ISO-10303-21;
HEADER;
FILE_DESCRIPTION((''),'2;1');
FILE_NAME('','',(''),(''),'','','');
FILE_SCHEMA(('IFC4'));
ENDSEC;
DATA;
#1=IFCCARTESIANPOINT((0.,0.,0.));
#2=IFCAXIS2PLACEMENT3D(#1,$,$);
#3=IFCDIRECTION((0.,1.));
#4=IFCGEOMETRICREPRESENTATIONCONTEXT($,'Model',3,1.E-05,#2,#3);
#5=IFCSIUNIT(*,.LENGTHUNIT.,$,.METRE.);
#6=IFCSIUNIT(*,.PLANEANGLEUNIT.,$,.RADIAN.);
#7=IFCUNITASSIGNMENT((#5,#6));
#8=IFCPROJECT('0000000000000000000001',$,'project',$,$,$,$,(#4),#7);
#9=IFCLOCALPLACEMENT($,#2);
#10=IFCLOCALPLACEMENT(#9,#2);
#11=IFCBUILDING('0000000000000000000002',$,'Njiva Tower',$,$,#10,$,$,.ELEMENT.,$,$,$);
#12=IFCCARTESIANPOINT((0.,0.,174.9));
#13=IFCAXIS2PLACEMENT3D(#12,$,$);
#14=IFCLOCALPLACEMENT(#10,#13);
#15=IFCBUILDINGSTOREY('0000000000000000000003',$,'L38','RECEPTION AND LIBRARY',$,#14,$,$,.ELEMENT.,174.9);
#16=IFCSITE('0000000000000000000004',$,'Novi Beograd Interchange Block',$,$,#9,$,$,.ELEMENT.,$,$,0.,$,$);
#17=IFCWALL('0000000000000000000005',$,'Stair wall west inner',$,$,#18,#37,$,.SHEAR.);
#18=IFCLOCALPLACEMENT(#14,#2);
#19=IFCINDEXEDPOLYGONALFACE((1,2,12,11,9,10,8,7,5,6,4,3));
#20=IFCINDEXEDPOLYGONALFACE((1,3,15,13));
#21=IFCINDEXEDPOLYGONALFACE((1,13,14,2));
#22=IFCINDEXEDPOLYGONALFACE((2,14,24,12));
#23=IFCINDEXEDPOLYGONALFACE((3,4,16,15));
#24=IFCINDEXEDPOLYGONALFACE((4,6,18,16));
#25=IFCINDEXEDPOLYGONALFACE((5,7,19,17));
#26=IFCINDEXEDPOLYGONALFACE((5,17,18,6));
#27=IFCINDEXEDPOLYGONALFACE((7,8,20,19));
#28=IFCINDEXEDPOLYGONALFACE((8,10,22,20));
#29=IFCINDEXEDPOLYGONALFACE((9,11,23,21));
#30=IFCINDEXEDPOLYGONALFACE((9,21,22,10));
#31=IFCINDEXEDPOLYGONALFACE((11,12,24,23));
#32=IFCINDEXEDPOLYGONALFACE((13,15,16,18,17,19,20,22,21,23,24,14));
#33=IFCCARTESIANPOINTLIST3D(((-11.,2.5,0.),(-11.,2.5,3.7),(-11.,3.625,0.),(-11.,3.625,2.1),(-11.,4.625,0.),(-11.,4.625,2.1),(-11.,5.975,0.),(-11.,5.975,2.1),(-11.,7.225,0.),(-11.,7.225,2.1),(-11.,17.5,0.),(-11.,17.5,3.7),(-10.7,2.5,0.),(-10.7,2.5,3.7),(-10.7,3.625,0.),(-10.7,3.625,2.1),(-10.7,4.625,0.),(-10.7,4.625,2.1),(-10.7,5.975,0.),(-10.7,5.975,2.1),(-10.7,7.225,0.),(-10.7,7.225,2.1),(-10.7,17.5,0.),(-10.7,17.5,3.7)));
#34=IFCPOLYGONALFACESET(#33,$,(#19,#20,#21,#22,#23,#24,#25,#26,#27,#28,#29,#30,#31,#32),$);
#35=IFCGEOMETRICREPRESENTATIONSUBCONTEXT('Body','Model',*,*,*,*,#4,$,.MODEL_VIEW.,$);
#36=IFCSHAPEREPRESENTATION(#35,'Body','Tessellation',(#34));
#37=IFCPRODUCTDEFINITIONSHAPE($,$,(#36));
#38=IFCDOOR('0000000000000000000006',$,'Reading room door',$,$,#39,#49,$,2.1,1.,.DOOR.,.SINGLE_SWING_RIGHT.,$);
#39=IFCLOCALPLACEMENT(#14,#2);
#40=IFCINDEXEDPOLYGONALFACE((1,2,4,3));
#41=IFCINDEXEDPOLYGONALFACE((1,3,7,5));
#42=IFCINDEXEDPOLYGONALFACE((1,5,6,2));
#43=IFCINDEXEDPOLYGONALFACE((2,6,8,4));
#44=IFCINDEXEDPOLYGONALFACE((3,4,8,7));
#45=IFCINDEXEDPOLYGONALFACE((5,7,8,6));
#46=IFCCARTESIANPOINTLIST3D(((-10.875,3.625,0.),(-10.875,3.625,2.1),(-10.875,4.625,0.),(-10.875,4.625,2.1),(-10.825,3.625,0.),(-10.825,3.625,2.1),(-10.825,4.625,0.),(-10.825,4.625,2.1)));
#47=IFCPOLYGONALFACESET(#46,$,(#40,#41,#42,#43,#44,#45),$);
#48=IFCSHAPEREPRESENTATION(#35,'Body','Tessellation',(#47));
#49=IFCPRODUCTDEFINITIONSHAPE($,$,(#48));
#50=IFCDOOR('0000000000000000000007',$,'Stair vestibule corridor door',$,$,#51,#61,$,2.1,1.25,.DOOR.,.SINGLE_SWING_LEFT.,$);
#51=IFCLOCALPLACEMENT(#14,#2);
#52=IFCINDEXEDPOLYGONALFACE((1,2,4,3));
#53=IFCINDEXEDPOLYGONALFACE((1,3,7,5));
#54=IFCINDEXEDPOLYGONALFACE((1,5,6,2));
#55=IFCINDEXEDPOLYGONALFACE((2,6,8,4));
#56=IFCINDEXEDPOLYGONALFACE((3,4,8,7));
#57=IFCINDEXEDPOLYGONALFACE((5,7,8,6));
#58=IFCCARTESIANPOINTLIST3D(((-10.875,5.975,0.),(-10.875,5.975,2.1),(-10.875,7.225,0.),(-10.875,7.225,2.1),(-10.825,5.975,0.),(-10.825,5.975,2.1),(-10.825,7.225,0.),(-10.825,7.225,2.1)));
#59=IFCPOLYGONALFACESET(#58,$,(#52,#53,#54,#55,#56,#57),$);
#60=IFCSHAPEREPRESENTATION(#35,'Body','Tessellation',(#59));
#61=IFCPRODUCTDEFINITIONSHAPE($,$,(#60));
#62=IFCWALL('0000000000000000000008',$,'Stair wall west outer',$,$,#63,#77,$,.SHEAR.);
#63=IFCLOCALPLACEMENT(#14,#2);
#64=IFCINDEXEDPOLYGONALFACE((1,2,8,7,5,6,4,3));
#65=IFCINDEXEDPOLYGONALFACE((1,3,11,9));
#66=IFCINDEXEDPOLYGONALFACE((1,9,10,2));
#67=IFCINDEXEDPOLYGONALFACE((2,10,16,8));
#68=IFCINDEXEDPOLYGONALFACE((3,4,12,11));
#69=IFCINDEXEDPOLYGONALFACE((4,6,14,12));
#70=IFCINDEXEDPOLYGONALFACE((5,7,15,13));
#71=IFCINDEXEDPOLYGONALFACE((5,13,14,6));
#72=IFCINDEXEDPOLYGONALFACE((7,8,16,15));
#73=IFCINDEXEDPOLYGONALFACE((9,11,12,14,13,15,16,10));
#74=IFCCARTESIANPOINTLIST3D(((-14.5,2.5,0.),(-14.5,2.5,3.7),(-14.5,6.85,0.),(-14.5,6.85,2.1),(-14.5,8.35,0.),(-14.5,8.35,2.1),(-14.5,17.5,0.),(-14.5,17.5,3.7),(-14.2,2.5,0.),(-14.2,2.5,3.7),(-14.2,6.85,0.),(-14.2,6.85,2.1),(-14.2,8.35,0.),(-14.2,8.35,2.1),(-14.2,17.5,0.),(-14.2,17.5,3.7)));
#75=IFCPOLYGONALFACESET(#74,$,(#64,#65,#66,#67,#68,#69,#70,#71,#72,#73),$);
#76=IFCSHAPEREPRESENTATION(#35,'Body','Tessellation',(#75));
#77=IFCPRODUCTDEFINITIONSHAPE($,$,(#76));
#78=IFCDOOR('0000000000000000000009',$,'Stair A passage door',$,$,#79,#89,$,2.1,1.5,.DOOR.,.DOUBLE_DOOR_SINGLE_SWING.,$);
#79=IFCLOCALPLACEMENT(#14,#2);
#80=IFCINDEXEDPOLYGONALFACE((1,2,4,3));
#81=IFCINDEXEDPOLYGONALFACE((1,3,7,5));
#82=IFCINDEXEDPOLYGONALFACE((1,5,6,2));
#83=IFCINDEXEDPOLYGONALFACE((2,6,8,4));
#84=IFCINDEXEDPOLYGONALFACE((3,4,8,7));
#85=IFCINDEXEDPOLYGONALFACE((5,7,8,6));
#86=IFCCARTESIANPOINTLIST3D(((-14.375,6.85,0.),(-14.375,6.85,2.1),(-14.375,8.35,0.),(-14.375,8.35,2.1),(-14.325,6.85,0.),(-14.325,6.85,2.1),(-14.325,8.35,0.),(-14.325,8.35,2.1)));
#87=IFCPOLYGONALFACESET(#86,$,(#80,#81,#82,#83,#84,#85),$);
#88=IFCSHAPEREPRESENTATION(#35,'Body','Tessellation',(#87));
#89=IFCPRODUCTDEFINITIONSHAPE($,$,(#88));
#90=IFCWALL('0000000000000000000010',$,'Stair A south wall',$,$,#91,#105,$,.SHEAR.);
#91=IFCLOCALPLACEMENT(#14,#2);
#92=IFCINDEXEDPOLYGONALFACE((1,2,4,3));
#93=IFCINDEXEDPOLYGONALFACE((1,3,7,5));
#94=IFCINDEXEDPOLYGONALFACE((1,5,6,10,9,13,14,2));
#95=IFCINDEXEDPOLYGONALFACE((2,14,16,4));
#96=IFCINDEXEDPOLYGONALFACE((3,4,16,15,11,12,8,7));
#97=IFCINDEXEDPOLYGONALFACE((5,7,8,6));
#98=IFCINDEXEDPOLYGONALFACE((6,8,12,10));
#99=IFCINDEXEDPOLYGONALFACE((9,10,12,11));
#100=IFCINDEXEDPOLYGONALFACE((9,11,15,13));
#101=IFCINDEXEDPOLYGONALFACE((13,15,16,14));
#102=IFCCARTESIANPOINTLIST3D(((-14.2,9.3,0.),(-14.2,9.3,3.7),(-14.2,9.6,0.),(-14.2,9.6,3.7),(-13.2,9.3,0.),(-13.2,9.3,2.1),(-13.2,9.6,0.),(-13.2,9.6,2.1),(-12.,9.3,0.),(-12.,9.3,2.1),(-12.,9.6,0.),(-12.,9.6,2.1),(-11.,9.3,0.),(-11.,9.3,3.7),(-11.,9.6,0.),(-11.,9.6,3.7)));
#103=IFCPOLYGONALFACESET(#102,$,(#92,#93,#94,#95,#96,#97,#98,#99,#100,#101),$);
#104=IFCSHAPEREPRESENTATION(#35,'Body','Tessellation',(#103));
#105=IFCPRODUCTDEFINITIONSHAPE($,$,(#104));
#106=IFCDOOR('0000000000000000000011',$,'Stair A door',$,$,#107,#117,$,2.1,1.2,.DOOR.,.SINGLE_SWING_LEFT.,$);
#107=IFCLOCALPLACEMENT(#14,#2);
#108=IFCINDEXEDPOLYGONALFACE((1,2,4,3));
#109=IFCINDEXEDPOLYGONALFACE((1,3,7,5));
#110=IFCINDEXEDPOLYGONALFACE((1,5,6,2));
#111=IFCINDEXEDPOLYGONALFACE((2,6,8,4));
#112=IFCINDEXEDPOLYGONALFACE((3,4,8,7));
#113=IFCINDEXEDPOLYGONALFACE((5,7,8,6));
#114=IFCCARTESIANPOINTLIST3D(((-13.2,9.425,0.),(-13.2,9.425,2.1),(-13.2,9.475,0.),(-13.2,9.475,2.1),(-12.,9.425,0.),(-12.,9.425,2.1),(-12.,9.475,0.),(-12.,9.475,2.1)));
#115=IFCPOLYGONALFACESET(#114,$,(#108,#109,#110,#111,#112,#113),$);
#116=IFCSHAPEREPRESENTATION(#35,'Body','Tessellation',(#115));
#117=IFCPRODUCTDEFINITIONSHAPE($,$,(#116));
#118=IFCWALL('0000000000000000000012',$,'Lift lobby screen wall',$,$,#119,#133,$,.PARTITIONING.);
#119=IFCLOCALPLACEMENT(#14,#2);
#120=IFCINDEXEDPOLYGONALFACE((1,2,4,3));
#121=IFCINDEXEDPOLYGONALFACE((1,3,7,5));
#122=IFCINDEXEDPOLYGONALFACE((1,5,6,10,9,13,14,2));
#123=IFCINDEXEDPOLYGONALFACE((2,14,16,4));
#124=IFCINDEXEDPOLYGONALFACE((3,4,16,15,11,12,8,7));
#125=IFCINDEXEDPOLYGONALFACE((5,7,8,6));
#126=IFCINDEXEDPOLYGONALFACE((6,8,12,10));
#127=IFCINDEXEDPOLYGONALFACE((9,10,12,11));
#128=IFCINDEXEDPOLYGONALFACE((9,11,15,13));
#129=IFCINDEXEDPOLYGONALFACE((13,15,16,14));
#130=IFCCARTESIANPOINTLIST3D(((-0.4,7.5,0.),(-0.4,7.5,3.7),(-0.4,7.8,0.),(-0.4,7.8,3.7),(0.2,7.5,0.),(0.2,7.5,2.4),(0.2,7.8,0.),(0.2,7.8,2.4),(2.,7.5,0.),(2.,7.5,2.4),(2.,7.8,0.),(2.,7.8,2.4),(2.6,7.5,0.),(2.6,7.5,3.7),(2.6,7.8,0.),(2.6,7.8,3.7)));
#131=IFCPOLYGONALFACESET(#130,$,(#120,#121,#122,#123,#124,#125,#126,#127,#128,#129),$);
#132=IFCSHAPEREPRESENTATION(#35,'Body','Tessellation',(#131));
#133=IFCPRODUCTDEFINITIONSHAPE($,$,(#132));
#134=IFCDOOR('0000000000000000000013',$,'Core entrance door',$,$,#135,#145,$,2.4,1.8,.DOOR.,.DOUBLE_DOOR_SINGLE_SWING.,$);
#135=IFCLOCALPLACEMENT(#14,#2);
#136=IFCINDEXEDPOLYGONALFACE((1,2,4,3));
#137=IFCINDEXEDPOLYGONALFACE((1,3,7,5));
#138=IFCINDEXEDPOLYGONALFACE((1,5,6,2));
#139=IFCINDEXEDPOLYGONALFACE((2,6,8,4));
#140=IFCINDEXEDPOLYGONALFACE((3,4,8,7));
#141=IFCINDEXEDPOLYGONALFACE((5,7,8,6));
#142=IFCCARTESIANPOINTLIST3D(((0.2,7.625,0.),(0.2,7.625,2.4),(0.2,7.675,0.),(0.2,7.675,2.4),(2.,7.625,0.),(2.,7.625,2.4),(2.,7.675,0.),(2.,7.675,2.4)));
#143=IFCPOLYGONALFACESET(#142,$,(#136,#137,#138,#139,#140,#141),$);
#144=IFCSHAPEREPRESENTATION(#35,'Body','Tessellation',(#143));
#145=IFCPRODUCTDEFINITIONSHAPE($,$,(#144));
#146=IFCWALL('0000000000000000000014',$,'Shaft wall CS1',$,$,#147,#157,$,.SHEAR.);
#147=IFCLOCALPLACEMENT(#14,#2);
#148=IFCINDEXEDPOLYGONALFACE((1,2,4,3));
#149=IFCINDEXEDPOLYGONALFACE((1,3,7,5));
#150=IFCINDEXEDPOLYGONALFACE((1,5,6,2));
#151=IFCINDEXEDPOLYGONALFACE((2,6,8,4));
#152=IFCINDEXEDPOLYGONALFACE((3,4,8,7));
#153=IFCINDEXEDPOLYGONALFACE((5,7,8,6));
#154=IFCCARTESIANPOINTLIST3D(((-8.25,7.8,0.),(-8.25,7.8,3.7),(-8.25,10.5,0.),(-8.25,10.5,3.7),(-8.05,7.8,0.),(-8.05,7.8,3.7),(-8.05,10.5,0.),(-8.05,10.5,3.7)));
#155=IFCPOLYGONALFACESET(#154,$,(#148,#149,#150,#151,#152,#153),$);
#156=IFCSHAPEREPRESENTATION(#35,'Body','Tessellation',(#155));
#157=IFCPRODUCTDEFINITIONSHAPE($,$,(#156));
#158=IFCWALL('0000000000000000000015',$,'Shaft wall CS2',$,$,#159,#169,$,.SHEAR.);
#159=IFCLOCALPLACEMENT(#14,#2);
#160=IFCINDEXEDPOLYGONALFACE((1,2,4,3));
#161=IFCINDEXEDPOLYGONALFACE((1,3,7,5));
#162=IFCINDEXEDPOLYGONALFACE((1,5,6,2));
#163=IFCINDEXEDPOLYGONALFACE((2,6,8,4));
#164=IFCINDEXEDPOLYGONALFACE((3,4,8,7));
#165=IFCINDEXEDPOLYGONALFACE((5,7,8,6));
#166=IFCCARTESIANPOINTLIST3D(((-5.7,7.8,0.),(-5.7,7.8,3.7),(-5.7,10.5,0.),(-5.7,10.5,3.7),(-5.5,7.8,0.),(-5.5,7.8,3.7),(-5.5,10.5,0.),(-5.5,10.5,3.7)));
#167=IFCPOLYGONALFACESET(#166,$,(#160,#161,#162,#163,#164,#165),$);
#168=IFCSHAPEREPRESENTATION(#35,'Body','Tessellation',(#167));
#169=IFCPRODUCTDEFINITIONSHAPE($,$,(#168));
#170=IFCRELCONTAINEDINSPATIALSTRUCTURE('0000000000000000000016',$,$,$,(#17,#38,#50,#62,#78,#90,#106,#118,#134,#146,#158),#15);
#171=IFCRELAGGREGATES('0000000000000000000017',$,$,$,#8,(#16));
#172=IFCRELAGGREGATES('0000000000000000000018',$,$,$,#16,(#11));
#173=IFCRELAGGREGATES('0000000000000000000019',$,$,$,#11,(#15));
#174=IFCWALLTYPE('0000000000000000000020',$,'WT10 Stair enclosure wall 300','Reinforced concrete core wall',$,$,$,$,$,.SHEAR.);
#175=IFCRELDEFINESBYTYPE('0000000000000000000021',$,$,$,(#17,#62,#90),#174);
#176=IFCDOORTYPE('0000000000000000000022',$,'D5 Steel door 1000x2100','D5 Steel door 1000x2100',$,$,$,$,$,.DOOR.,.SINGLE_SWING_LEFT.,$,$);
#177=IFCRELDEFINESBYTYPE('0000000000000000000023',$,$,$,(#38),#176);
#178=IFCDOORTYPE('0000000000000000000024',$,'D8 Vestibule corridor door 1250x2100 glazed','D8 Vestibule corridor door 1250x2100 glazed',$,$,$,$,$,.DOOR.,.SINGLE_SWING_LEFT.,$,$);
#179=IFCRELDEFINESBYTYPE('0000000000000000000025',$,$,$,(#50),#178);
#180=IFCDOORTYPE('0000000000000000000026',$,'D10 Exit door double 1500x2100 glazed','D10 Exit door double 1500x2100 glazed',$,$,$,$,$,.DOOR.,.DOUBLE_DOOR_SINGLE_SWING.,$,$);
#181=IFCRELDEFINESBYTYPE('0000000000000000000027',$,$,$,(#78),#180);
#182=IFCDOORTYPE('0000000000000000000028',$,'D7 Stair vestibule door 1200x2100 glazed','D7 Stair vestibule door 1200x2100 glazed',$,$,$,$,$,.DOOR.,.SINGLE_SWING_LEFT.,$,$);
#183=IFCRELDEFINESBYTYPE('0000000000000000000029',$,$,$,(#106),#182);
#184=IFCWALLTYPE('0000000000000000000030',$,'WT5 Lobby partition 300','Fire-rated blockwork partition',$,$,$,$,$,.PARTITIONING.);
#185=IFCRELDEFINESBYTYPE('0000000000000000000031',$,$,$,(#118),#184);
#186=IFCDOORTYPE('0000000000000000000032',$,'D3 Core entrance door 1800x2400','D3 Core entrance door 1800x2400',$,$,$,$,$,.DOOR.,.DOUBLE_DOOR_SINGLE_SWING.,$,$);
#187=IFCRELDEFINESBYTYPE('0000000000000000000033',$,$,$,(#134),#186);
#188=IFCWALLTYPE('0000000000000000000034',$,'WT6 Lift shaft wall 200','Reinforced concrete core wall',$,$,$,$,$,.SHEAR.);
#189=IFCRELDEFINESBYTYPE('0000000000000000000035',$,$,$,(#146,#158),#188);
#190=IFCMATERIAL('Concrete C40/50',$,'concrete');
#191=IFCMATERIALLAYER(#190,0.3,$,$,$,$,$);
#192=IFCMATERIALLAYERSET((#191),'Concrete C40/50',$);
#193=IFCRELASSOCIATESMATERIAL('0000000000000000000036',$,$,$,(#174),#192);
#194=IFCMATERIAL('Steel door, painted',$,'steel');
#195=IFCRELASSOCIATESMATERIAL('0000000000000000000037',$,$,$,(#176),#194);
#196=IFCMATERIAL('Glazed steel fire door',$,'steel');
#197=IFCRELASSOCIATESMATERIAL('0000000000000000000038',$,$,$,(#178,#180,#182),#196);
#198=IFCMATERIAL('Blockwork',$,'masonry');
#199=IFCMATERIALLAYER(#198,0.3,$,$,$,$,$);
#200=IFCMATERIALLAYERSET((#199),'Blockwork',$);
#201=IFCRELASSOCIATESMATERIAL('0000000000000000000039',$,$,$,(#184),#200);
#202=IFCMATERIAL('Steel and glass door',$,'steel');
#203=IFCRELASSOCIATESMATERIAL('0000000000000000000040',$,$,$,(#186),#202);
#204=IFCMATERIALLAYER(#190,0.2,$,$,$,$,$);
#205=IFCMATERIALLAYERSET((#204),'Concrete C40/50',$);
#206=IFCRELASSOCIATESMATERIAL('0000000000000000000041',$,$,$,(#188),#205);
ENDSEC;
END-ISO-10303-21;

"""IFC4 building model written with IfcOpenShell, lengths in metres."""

from ifc_helpers import new_model, si_unit, direction, frame, frame_2d, origin, place, context, subcontext, project, spatial, rectangle, extrude, material, layer, layer_set, type_object, element, fill, save


model = new_model("IFC4")

# Units and contexts
model_context = context("Model", 3, precision=1e-05, world=origin(), true_north=direction((0.0, 1.0)))
body_context = subcontext(model_context, "Body", "Model", "MODEL_VIEW")
ifc_project = project(units=[si_unit("LENGTHUNIT", "METRE"), si_unit("PLANEANGLEUNIT", "RADIAN")], contexts=[model_context])

# Site, building, storey
site_placement = place(None, origin())
site = spatial("IfcSite", under=ifc_project, at=site_placement, Name="Novi Beograd Interchange Block", CompositionType="ELEMENT", RefElevation=0.0)
building_placement = place(site_placement, origin())
building = spatial("IfcBuilding", under=site, at=building_placement, Name="Njiva Tower", CompositionType="ELEMENT")
storey_placement = place(building_placement, frame((0.0, 0.0, 174.9)))
storey = spatial("IfcBuildingStorey", under=building, at=storey_placement, Name="L38", Description="RECEPTION AND LIBRARY", CompositionType="ELEMENT", Elevation=174.9)

# Shared definitions
ifc_material_1 = material(Name="Blockwork", Category="masonry")

# Wall, openings, doors
ifc_material_2 = material(Name="Concrete C40/50", Category="concrete")
ifc_layer_1 = layer(ifc_material_2, 0.3)
ifc_layer_set_1 = layer_set([ifc_layer_1], Name="Concrete C40/50")
wall_type_1 = type_object("IfcWallType", Name="WT10 Stair enclosure wall 300", Description="Reinforced concrete core wall", PredefinedType="SHEAR", material=ifc_layer_set_1)
wall_1_placement = place(storey_placement, frame((-10.85, 2.5, 0.0), z_axis=(0.0, 0.0, 1.0), x_axis=(0.0, 1.0, 0.0)))
wall_1 = element("IfcWall", 1, at=wall_1_placement, inside=storey, type_object=wall_type_1, Name="Stair wall west inner", PredefinedType="SHEAR", context=body_context, shape_type="SweptSolid", body=[
    extrude(rectangle(XDim=15.0, YDim=0.3, at=frame_2d((7.5, 0.0))), origin(), (0.0, 0.0, 1.0), 3.7),
])
opening_1_placement = place(wall_1_placement, frame((3.475, 0.0, 0.0)))
opening_1 = element("IfcOpeningElement", 2, at=opening_1_placement, cuts=wall_1, PredefinedType="OPENING", context=body_context, shape_type="SweptSolid", body=[
    extrude(rectangle(XDim=1.25, YDim=2.1, at=frame_2d((0.625, 1.05))), frame((0.0, 0.16, 0.0), z_axis=(0.0, -1.0, 0.0), x_axis=(1.0, 0.0, 0.0)), (0.0, 0.0, 1.0), 0.32),
])
opening_2_placement = place(wall_1_placement, frame((1.125, 0.0, 0.0)))
opening_2 = element("IfcOpeningElement", 3, at=opening_2_placement, cuts=wall_1, PredefinedType="OPENING", context=body_context, shape_type="SweptSolid", body=[
    extrude(rectangle(XDim=1.0, YDim=2.1, at=frame_2d((0.5, 1.05))), frame((0.0, 0.16, 0.0), z_axis=(0.0, -1.0, 0.0), x_axis=(1.0, 0.0, 0.0)), (0.0, 0.0, 1.0), 0.32),
])
ifc_material_3 = material(Name="Steel door, painted", Category="steel")
door_type_1 = type_object("IfcDoorType", Name="D5 Steel door 1000x2100", Description="D5 Steel door 1000x2100", OperationType="SINGLE_SWING_LEFT", PredefinedType="DOOR", material=ifc_material_3)
door_1_placement = place(opening_2_placement, origin())
door_1 = element("IfcDoor", 4, at=door_1_placement, inside=storey, type_object=door_type_1, Name="Reading room door", OperationType="SINGLE_SWING_RIGHT", OverallHeight=2.1, OverallWidth=1.0, PredefinedType="DOOR", context=body_context, shape_type="SweptSolid", body=[
    extrude(rectangle(XDim=1.0, YDim=2.1, at=frame_2d((0.5, 1.05))), frame((0.0, 0.025, 0.0), z_axis=(0.0, -1.0, 0.0), x_axis=(1.0, 0.0, 0.0)), (0.0, 0.0, 1.0), 0.05),
])
fill(opening_2, door_1)
ifc_material_4 = material(Name="Glazed steel fire door", Category="steel")
door_type_2 = type_object("IfcDoorType", Name="D8 Vestibule corridor door 1250x2100 glazed", Description="D8 Vestibule corridor door 1250x2100 glazed", OperationType="SINGLE_SWING_LEFT", PredefinedType="DOOR", material=ifc_material_4)
door_2_placement = place(opening_1_placement, origin())
door_2 = element("IfcDoor", 5, at=door_2_placement, inside=storey, type_object=door_type_2, Name="Stair vestibule corridor door", OperationType="SINGLE_SWING_LEFT", OverallHeight=2.1, OverallWidth=1.25, PredefinedType="DOOR", context=body_context, shape_type="SweptSolid", body=[
    extrude(rectangle(XDim=1.25, YDim=2.1, at=frame_2d((0.625, 1.05))), frame((0.0, 0.025, 0.0), z_axis=(0.0, -1.0, 0.0), x_axis=(1.0, 0.0, 0.0)), (0.0, 0.0, 1.0), 0.05),
])
fill(opening_1, door_2)

# Walls, openings, doors
wall_2_placement = place(storey_placement, frame((-14.35, 2.5, 0.0), z_axis=(0.0, 0.0, 1.0), x_axis=(0.0, 1.0, 0.0)))
wall_2 = element("IfcWall", 6, at=wall_2_placement, inside=storey, type_object=wall_type_1, Name="Stair wall west outer", PredefinedType="SHEAR", context=body_context, shape_type="SweptSolid", body=[
    extrude(rectangle(XDim=15.0, YDim=0.3, at=frame_2d((7.5, 0.0))), origin(), (0.0, 0.0, 1.0), 3.7),
])
opening_3_placement = place(wall_2_placement, frame((4.35, 0.0, 0.0)))
opening_3 = element("IfcOpeningElement", 7, at=opening_3_placement, cuts=wall_2, PredefinedType="OPENING", context=body_context, shape_type="SweptSolid", body=[
    extrude(rectangle(XDim=1.5, YDim=2.1, at=frame_2d((0.75, 1.05))), frame((0.0, 0.16, 0.0), z_axis=(0.0, -1.0, 0.0), x_axis=(1.0, 0.0, 0.0)), (0.0, 0.0, 1.0), 0.32),
])
door_type_3 = type_object("IfcDoorType", Name="D10 Exit door double 1500x2100 glazed", Description="D10 Exit door double 1500x2100 glazed", OperationType="DOUBLE_DOOR_SINGLE_SWING", PredefinedType="DOOR", material=ifc_material_4)
door_3_placement = place(opening_3_placement, origin())
door_3 = element("IfcDoor", 8, at=door_3_placement, inside=storey, type_object=door_type_3, Name="Stair A passage door", OperationType="DOUBLE_DOOR_SINGLE_SWING", OverallHeight=2.1, OverallWidth=1.5, PredefinedType="DOOR", context=body_context, shape_type="SweptSolid", body=[
    extrude(rectangle(XDim=1.5, YDim=2.1, at=frame_2d((0.75, 1.05))), frame((0.0, 0.025, 0.0), z_axis=(0.0, -1.0, 0.0), x_axis=(1.0, 0.0, 0.0)), (0.0, 0.0, 1.0), 0.05),
])
fill(opening_3, door_3)
wall_3_placement = place(storey_placement, frame((-14.2, 9.45, 0.0), z_axis=(0.0, 0.0, 1.0), x_axis=(1.0, 0.0, 0.0)))
wall_3 = element("IfcWall", 9, at=wall_3_placement, inside=storey, type_object=wall_type_1, Name="Stair A south wall", PredefinedType="SHEAR", context=body_context, shape_type="SweptSolid", body=[
    extrude(rectangle(XDim=3.2, YDim=0.3, at=frame_2d((1.6, 0.0))), origin(), (0.0, 0.0, 1.0), 3.7),
])
opening_4_placement = place(wall_3_placement, frame((1.0, 0.0, 0.0)))
opening_4 = element("IfcOpeningElement", 10, at=opening_4_placement, cuts=wall_3, PredefinedType="OPENING", context=body_context, shape_type="SweptSolid", body=[
    extrude(rectangle(XDim=1.2, YDim=2.1, at=frame_2d((0.6, 1.05))), frame((0.0, 0.16, 0.0), z_axis=(0.0, -1.0, 0.0), x_axis=(1.0, 0.0, 0.0)), (0.0, 0.0, 1.0), 0.32),
])
door_type_4 = type_object("IfcDoorType", Name="D7 Stair vestibule door 1200x2100 glazed", Description="D7 Stair vestibule door 1200x2100 glazed", OperationType="SINGLE_SWING_LEFT", PredefinedType="DOOR", material=ifc_material_4)
door_4_placement = place(opening_4_placement, origin())
door_4 = element("IfcDoor", 11, at=door_4_placement, inside=storey, type_object=door_type_4, Name="Stair A door", OperationType="SINGLE_SWING_LEFT", OverallHeight=2.1, OverallWidth=1.2, PredefinedType="DOOR", context=body_context, shape_type="SweptSolid", body=[
    extrude(rectangle(XDim=1.2, YDim=2.1, at=frame_2d((0.6, 1.05))), frame((0.0, 0.025, 0.0), z_axis=(0.0, -1.0, 0.0), x_axis=(1.0, 0.0, 0.0)), (0.0, 0.0, 1.0), 0.05),
])
fill(opening_4, door_4)
ifc_layer_2 = layer(ifc_material_1, 0.3)
ifc_layer_set_2 = layer_set([ifc_layer_2], Name="Blockwork")
wall_type_2 = type_object("IfcWallType", Name="WT5 Lobby partition 300", Description="Fire-rated blockwork partition", PredefinedType="PARTITIONING", material=ifc_layer_set_2)
wall_4_placement = place(storey_placement, frame((-0.4, 7.65, 0.0), z_axis=(0.0, 0.0, 1.0), x_axis=(1.0, 0.0, 0.0)))
wall_4 = element("IfcWall", 12, at=wall_4_placement, inside=storey, type_object=wall_type_2, Name="Lift lobby screen wall", PredefinedType="PARTITIONING", context=body_context, shape_type="SweptSolid", body=[
    extrude(rectangle(XDim=3.0, YDim=0.3, at=frame_2d((1.5, 0.0))), origin(), (0.0, 0.0, 1.0), 3.7),
])
opening_5_placement = place(wall_4_placement, frame((0.6, 0.0, 0.0)))
opening_5 = element("IfcOpeningElement", 13, at=opening_5_placement, cuts=wall_4, PredefinedType="OPENING", context=body_context, shape_type="SweptSolid", body=[
    extrude(rectangle(XDim=1.8, YDim=2.4, at=frame_2d((0.9, 1.2))), frame((0.0, 0.16, 0.0), z_axis=(0.0, -1.0, 0.0), x_axis=(1.0, 0.0, 0.0)), (0.0, 0.0, 1.0), 0.32),
])
ifc_material_5 = material(Name="Steel and glass door", Category="steel")
door_type_5 = type_object("IfcDoorType", Name="D3 Core entrance door 1800x2400", Description="D3 Core entrance door 1800x2400", OperationType="DOUBLE_DOOR_SINGLE_SWING", PredefinedType="DOOR", material=ifc_material_5)
door_5_placement = place(opening_5_placement, origin())
door_5 = element("IfcDoor", 14, at=door_5_placement, inside=storey, type_object=door_type_5, Name="Core entrance door", OperationType="DOUBLE_DOOR_SINGLE_SWING", OverallHeight=2.4, OverallWidth=1.8, PredefinedType="DOOR", context=body_context, shape_type="SweptSolid", body=[
    extrude(rectangle(XDim=1.8, YDim=2.4, at=frame_2d((0.9, 1.2))), frame((0.0, 0.025, 0.0), z_axis=(0.0, -1.0, 0.0), x_axis=(1.0, 0.0, 0.0)), (0.0, 0.0, 1.0), 0.05),
])
fill(opening_5, door_5)

# Walls
ifc_layer_3 = layer(ifc_material_2, 0.2)
ifc_layer_set_3 = layer_set([ifc_layer_3], Name="Concrete C40/50")
wall_type_3 = type_object("IfcWallType", Name="WT6 Lift shaft wall 200", Description="Reinforced concrete core wall", PredefinedType="SHEAR", material=ifc_layer_set_3)
for number, where, z_axis, x_axis, name in (
    (15, (-8.15, 7.8, 0.0), (0.0, 0.0, 1.0), (0.0, 1.0, 0.0), "Shaft wall CS1"),
    (16, (-5.6, 7.8, 0.0), (0.0, 0.0, 1.0), (0.0, 1.0, 0.0), "Shaft wall CS2"),
):
    element("IfcWall", number, at=place(storey_placement, frame(where, z_axis=z_axis, x_axis=x_axis)), inside=storey, type_object=wall_type_3, Name=name, PredefinedType="SHEAR", context=body_context, shape_type="SweptSolid", body=[
        extrude(rectangle(XDim=2.7, YDim=0.2, at=frame_2d((1.35, 0.0))), origin(), (0.0, 0.0, 1.0), 3.7),
    ])

save(model, "model.ifc")
